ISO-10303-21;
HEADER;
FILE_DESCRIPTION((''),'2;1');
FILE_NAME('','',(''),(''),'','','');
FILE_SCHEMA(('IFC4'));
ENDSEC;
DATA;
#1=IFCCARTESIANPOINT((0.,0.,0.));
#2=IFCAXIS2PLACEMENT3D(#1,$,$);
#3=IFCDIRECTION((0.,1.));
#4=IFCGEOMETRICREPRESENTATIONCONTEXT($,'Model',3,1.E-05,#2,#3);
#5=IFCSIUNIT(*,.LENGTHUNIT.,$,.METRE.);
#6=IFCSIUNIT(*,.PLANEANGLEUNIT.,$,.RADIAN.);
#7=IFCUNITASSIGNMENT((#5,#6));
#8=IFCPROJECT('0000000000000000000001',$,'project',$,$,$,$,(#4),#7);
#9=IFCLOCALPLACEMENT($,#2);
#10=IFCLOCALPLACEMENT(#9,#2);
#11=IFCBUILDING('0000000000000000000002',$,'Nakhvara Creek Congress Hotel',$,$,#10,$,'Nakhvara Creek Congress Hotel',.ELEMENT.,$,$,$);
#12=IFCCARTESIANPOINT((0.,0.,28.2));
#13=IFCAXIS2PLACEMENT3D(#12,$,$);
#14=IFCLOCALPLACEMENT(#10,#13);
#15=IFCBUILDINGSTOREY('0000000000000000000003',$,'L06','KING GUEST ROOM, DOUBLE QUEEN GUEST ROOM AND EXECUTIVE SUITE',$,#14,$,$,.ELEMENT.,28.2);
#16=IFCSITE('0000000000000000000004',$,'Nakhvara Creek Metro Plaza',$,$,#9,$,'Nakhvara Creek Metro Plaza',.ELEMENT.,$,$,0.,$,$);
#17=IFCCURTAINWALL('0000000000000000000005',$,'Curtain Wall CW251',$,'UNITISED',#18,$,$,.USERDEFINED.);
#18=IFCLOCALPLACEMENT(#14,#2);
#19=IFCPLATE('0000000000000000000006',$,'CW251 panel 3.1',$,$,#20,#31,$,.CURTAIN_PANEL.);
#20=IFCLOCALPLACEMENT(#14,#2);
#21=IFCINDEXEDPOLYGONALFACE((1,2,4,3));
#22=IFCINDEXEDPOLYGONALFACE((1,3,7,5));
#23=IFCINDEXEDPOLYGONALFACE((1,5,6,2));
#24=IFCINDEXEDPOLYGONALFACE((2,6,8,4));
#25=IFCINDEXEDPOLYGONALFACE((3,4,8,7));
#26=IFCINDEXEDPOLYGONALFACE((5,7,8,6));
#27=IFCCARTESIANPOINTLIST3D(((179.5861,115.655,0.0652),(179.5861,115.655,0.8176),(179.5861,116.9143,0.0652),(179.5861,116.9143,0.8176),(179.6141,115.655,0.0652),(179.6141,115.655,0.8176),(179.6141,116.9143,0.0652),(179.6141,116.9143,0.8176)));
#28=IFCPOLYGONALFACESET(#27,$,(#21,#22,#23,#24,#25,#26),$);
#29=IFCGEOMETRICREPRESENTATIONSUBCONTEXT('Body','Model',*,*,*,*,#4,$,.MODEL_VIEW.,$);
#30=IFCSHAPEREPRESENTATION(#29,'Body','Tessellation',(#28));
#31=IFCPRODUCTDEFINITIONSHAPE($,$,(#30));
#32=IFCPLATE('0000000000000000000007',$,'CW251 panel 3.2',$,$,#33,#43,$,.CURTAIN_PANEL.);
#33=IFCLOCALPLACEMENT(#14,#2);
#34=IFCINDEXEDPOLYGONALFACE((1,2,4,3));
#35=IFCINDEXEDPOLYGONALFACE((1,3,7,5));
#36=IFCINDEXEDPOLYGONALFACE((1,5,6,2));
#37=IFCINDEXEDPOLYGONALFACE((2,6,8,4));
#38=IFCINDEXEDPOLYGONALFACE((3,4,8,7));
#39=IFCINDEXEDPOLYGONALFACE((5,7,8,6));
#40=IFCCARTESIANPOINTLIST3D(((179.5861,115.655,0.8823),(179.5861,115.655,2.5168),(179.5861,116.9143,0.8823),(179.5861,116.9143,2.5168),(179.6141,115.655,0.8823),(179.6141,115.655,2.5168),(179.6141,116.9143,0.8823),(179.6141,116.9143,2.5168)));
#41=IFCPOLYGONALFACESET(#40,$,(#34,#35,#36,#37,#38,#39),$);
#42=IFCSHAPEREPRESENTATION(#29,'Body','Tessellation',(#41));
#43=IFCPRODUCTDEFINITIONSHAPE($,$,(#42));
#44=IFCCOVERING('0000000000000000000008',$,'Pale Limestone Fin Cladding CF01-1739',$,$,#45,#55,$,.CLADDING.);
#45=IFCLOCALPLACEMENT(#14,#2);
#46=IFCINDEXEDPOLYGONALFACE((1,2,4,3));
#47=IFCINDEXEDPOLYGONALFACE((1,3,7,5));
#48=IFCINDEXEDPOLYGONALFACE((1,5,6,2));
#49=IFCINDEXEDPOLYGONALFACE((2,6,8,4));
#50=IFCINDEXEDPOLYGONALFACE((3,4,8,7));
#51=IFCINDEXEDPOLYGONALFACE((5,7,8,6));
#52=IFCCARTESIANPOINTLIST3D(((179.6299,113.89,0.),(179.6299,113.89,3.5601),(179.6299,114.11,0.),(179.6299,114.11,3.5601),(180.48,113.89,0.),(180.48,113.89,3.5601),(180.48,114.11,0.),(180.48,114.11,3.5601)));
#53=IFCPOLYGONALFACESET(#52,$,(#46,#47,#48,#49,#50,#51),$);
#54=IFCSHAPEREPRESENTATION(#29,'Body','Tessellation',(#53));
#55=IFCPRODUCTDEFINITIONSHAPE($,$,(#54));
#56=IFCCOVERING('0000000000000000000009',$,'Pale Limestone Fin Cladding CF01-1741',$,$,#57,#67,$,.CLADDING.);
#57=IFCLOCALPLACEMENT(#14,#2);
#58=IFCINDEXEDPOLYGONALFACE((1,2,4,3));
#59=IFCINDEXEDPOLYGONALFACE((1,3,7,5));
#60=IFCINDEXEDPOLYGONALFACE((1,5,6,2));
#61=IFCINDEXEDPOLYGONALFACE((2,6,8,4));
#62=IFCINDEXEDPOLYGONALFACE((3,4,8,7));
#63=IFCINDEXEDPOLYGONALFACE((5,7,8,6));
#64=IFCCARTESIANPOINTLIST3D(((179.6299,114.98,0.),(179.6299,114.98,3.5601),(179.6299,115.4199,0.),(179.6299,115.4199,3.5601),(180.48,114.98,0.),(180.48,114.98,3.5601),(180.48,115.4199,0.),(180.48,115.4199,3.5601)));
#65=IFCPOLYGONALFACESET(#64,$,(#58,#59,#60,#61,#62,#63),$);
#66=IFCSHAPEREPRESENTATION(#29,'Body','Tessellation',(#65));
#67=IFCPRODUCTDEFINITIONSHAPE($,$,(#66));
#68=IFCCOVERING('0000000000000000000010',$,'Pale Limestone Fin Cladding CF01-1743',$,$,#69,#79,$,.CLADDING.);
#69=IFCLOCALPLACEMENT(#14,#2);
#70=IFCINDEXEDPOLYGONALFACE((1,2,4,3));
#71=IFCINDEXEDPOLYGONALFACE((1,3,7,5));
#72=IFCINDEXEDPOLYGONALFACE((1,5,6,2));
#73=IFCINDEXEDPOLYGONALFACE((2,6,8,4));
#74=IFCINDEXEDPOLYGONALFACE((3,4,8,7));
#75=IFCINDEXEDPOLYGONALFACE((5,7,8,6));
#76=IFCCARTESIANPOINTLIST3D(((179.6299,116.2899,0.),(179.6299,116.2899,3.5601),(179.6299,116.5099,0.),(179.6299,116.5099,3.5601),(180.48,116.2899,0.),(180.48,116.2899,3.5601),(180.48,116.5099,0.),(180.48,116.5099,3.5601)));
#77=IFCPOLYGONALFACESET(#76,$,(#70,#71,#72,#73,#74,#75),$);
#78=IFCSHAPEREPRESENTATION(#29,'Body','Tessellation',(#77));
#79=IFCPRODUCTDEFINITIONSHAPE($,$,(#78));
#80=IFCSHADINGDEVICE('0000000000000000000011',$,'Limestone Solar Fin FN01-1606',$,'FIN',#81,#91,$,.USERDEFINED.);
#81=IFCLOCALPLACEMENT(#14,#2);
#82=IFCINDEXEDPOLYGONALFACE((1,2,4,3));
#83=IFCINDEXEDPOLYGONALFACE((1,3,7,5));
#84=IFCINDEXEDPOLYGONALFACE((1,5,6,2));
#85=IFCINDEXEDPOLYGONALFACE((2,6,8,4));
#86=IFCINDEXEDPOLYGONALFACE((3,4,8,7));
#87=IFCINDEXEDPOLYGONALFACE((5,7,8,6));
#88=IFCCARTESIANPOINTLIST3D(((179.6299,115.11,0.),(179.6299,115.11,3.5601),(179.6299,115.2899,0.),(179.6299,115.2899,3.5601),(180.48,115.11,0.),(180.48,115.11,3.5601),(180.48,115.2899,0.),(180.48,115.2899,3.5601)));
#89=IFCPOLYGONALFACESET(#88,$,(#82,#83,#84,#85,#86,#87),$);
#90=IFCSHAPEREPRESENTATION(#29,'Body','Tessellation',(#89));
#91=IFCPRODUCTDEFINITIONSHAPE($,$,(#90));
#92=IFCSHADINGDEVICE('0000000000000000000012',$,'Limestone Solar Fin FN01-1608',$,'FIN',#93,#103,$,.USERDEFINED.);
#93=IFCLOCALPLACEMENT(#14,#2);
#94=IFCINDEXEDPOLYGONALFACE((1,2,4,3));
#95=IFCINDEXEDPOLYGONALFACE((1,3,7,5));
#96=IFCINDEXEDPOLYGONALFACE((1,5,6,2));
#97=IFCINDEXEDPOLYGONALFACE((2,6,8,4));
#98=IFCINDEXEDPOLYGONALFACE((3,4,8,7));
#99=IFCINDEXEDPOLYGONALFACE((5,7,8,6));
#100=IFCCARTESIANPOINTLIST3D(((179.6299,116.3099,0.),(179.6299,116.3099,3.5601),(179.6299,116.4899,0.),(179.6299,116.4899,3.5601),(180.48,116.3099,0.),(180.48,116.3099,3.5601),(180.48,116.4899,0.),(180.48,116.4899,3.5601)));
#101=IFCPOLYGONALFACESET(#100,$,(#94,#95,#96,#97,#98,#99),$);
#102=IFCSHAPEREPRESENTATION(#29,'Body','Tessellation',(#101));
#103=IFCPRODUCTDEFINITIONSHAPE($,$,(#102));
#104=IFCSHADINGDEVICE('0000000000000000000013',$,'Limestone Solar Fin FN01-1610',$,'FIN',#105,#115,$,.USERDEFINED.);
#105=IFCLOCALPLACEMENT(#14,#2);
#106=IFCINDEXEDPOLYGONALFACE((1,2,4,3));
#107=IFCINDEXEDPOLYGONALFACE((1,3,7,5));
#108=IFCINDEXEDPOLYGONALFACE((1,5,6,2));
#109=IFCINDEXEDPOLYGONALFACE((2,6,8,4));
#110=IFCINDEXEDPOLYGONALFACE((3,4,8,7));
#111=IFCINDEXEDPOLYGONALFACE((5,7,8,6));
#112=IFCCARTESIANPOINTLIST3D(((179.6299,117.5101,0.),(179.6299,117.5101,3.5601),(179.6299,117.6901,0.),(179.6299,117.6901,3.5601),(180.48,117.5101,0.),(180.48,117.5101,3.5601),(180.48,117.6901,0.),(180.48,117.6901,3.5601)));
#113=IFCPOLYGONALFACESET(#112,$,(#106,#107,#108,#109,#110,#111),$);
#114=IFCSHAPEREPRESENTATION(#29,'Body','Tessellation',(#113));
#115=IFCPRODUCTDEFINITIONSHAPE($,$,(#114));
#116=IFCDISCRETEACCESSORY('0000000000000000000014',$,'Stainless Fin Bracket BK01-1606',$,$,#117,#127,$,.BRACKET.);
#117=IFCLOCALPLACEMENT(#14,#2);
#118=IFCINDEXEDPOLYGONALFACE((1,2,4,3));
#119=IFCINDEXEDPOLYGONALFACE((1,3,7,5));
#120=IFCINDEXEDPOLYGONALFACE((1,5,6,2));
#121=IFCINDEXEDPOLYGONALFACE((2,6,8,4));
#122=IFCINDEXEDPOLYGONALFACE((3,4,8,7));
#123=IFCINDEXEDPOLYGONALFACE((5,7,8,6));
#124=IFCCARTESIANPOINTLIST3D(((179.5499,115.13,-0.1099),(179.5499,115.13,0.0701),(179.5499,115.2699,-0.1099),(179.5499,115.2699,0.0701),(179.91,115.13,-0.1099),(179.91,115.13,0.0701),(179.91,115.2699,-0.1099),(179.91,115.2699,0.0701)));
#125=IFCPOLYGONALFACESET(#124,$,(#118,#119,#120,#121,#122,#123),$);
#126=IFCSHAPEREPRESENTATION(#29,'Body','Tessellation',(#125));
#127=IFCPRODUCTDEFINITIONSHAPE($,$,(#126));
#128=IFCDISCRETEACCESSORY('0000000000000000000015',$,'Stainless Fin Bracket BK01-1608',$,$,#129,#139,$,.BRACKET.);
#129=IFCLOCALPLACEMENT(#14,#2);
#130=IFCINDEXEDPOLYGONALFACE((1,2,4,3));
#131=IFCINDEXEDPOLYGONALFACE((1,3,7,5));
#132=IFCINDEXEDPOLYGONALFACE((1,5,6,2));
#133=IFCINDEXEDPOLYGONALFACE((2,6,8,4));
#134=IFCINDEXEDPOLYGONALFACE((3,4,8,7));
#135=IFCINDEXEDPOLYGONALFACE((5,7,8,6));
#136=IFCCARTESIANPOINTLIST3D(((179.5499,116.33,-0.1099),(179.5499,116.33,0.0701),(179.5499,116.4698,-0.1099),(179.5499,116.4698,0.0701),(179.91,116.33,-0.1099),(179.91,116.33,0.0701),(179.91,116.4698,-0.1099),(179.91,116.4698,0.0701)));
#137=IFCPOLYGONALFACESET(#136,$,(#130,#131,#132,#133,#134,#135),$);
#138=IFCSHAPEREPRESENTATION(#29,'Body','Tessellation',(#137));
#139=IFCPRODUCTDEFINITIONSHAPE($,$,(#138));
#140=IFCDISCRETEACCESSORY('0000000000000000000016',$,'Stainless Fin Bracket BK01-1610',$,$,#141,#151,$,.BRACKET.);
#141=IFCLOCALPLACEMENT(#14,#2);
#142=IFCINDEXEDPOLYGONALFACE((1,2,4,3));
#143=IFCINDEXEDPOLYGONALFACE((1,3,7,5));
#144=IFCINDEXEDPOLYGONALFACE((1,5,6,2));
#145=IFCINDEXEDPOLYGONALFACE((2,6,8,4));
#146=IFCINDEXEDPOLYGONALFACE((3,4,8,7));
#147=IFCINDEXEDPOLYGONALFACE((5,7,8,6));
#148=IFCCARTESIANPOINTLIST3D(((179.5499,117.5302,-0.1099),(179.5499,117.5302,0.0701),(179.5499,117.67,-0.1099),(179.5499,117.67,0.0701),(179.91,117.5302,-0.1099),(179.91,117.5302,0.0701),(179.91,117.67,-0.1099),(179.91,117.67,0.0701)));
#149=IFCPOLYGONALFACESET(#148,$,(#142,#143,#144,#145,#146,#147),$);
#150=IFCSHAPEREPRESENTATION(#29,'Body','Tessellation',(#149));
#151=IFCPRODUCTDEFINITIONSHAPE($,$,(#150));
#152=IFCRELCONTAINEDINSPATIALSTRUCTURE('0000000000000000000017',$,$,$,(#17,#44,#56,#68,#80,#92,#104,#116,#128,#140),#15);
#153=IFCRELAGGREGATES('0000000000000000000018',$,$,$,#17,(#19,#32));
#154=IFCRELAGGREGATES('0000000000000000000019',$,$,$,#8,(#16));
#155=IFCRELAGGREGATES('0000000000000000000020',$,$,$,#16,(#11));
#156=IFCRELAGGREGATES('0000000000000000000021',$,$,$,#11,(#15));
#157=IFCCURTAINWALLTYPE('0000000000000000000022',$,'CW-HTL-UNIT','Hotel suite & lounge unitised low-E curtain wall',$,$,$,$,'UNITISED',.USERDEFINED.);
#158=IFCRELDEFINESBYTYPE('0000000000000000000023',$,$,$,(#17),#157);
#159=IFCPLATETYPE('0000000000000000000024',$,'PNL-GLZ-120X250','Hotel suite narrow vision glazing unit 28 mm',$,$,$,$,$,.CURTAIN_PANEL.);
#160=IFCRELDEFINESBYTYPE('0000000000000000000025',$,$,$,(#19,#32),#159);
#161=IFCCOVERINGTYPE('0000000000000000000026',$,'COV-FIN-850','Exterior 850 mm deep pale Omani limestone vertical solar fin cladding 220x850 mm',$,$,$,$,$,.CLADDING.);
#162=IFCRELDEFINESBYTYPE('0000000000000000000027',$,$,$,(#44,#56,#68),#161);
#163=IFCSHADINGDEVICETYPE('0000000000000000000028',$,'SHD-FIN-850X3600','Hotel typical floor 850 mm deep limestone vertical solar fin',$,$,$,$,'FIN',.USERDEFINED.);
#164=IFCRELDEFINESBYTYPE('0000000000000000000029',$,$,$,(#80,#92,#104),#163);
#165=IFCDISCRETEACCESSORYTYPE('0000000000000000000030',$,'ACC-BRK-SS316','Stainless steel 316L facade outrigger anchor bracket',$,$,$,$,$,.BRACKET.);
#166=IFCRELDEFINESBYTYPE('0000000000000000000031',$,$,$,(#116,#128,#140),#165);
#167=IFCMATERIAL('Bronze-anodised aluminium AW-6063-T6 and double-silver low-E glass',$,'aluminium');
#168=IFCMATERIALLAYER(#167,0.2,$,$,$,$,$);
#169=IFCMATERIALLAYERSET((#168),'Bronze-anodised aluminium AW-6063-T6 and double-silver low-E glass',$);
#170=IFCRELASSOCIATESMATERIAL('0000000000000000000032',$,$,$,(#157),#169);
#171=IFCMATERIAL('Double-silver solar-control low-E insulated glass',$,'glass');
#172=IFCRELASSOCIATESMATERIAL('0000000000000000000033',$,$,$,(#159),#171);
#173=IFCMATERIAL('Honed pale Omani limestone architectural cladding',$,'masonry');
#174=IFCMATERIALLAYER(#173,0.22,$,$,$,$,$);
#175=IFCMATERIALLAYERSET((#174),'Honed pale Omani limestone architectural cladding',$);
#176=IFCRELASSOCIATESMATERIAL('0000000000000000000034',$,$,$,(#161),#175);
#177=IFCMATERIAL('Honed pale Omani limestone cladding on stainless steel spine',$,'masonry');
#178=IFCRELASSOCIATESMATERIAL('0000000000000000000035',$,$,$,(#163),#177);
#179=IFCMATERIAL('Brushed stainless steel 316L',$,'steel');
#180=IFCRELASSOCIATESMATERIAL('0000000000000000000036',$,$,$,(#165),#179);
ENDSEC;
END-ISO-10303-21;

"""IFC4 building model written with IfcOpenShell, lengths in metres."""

from ifc_helpers import new_model, si_unit, direction, frame, origin, origin_2d, place, context, subcontext, project, spatial, rectangle, extrude, material, layer, layer_set, type_object, element, aggregate, save


model = new_model("IFC4")

# Units and contexts
model_context = context("Model", 3, precision=1e-05, world=origin(), true_north=direction((0.0, 1.0)))
body_context = subcontext(model_context, "Body", "Model", "MODEL_VIEW")
ifc_project = project(units=[si_unit("LENGTHUNIT", "METRE"), si_unit("PLANEANGLEUNIT", "RADIAN")], contexts=[model_context])

# Site, building, storey
site_placement = place(None, origin())
site = spatial("IfcSite", under=ifc_project, at=site_placement, Name="Nakhvara Creek Metro Plaza", LongName="Nakhvara Creek Metro Plaza", CompositionType="ELEMENT", RefElevation=0.0)
building_placement = place(site_placement, origin())
building = spatial("IfcBuilding", under=site, at=building_placement, Name="Nakhvara Creek Congress Hotel", LongName="Nakhvara Creek Congress Hotel", CompositionType="ELEMENT")
storey_placement = place(building_placement, frame((0.0, 0.0, 28.2)))
storey = spatial("IfcBuildingStorey", under=building, at=storey_placement, Name="L06", Description="KING GUEST ROOM, DOUBLE QUEEN GUEST ROOM AND EXECUTIVE SUITE", CompositionType="ELEMENT", Elevation=28.2)

# Shared definitions
ifc_material_1 = material(Name="Bronze-anodised aluminium AW-6063-T6 and double-silver low-E glass", Category="aluminium")
ifc_layer_1 = layer(ifc_material_1, 0.2)
ifc_layer_set_1 = layer_set([ifc_layer_1], Name="Bronze-anodised aluminium AW-6063-T6 and double-silver low-E glass")
curtain_wall_type = type_object("IfcCurtainWallType", Name="CW-HTL-UNIT", Description="Hotel suite & lounge unitised low-E curtain wall", ElementType="UNITISED", PredefinedType="USERDEFINED", material=ifc_layer_set_1)

# Curtain wall
curtain_wall_1_placement = place(storey_placement, origin())
curtain_wall_1 = element("IfcCurtainWall", 1, at=curtain_wall_1_placement, inside=storey, type_object=curtain_wall_type, Name="Curtain Wall CW251", ObjectType="UNITISED", PredefinedType="USERDEFINED")

# Plates
ifc_material_2 = material(Name="Double-silver solar-control low-E insulated glass", Category="glass")
plate_type = type_object("IfcPlateType", Name="PNL-GLZ-120X250", Description="Hotel suite narrow vision glazing unit 28 mm", PredefinedType="CURTAIN_PANEL", material=ifc_material_2)
plate_1_placement = place(storey_placement, frame((179.6001, 116.2847, 0.0652), z_axis=(0.0, 0.0, 1.0), x_axis=(0.0, -1.0, 0.0)))
plate_1 = element("IfcPlate", 2, at=plate_1_placement, type_object=plate_type, Name="CW251 panel 3.1", PredefinedType="CURTAIN_PANEL", context=body_context, shape_type="SweptSolid", body=[
    extrude(rectangle(XDim=1.2593, YDim=0.0281, at=origin_2d()), origin(), (0.0, 0.0, 1.0), 0.7524),
])
plate_2_placement = place(storey_placement, frame((179.6001, 116.2847, 0.8823), z_axis=(0.0, 0.0, 1.0), x_axis=(0.0, -1.0, 0.0)))
plate_2 = element("IfcPlate", 3, at=plate_2_placement, type_object=plate_type, Name="CW251 panel 3.2", PredefinedType="CURTAIN_PANEL", context=body_context, shape_type="SweptSolid", body=[
    extrude(rectangle(XDim=1.2593, YDim=0.0281, at=origin_2d()), origin(), (0.0, 0.0, 1.0), 1.6345),
])
aggregate(curtain_wall_1, [plate_1, plate_2])

# Coverings
ifc_material_3 = material(Name="Honed pale Omani limestone architectural cladding", Category="masonry")
ifc_layer_2 = layer(ifc_material_3, 0.22)
ifc_layer_set_2 = layer_set([ifc_layer_2], Name="Honed pale Omani limestone architectural cladding")
covering_type = type_object("IfcCoveringType", Name="COV-FIN-850", Description="Exterior 850 mm deep pale Omani limestone vertical solar fin cladding 220x850 mm", PredefinedType="CLADDING", material=ifc_layer_set_2)
covering_1_placement = place(storey_placement, frame((180.0549, 114.0, 0.0), z_axis=(0.0, 0.0, 1.0), x_axis=(0.0, 1.0, 0.0)))
element("IfcCovering", 4, at=covering_1_placement, inside=storey, type_object=covering_type, Name="Pale Limestone Fin Cladding CF01-1739", PredefinedType="CLADDING", context=body_context, shape_type="SweptSolid", body=[
    extrude(rectangle(XDim=0.22, YDim=0.8501, at=origin_2d()), origin(), (0.0, 0.0, 1.0), 3.5601),
])
covering_2_placement = place(storey_placement, frame((180.0549, 115.2, 0.0), z_axis=(0.0, 0.0, 1.0), x_axis=(0.0, 1.0, 0.0)))
element("IfcCovering", 5, at=covering_2_placement, inside=storey, type_object=covering_type, Name="Pale Limestone Fin Cladding CF01-1741", PredefinedType="CLADDING", context=body_context, shape_type="SweptSolid", body=[
    extrude(rectangle(XDim=0.4399, YDim=0.8501, at=origin_2d()), origin(), (0.0, 0.0, 1.0), 3.5601),
])
covering_3_placement = place(storey_placement, frame((180.0549, 116.3999, 0.0), z_axis=(0.0, 0.0, 1.0), x_axis=(0.0, 1.0, 0.0)))
element("IfcCovering", 6, at=covering_3_placement, inside=storey, type_object=covering_type, Name="Pale Limestone Fin Cladding CF01-1743", PredefinedType="CLADDING", context=body_context, shape_type="SweptSolid", body=[
    extrude(rectangle(XDim=0.22, YDim=0.8501, at=origin_2d()), origin(), (0.0, 0.0, 1.0), 3.5601),
])

# Shading devices
ifc_material_4 = material(Name="Honed pale Omani limestone cladding on stainless steel spine", Category="masonry")
shading_device_type = type_object("IfcShadingDeviceType", Name="SHD-FIN-850X3600", Description="Hotel typical floor 850 mm deep limestone vertical solar fin", ElementType="FIN", PredefinedType="USERDEFINED", material=ifc_material_4)
for number, where, z_axis, x_axis, name in (
    (7, (180.0549, 115.2, 0.0), (0.0, 0.0, 1.0), (0.0, 1.0, 0.0), "Limestone Solar Fin FN01-1606"),
    (8, (180.0549, 116.3999, 0.0), (0.0, 0.0, 1.0), (0.0, 1.0, 0.0), "Limestone Solar Fin FN01-1608"),
    (9, (180.0549, 117.6001, 0.0), (0.0, 0.0, 1.0), (0.0, 1.0, 0.0), "Limestone Solar Fin FN01-1610"),
):
    element("IfcShadingDevice", number, at=place(storey_placement, frame(where, z_axis=z_axis, x_axis=x_axis)), inside=storey, type_object=shading_device_type, Name=name, ObjectType="FIN", PredefinedType="USERDEFINED", context=body_context, shape_type="SweptSolid", body=[
        extrude(rectangle(XDim=0.1799, YDim=0.8501, at=origin_2d()), origin(), (0.0, 0.0, 1.0), 3.5601),
    ])

# Discrete accessories
ifc_material_5 = material(Name="Brushed stainless steel 316L", Category="steel")
discrete_accessory_type = type_object("IfcDiscreteAccessoryType", Name="ACC-BRK-SS316", Description="Stainless steel 316L facade outrigger anchor bracket", PredefinedType="BRACKET", material=ifc_material_5)
for number, where, z_axis, x_axis, name in (
    (10, (179.73, 115.2, -0.1099), (0.0, 0.0, 1.0), (0.0, 1.0, 0.0), "Stainless Fin Bracket BK01-1606"),
    (11, (179.73, 116.3999, -0.1099), (0.0, 0.0, 1.0), (0.0, 1.0, 0.0), "Stainless Fin Bracket BK01-1608"),
    (12, (179.73, 117.6001, -0.1099), (0.0, 0.0, 1.0), (0.0, 1.0, 0.0), "Stainless Fin Bracket BK01-1610"),
):
    element("IfcDiscreteAccessory", number, at=place(storey_placement, frame(where, z_axis=z_axis, x_axis=x_axis)), inside=storey, type_object=discrete_accessory_type, Name=name, PredefinedType="BRACKET", context=body_context, shape_type="SweptSolid", body=[
        extrude(rectangle(XDim=0.1399, YDim=0.3601, at=origin_2d()), origin(), (0.0, 0.0, 1.0), 0.1799),
    ])

save(model, "model.ifc")
